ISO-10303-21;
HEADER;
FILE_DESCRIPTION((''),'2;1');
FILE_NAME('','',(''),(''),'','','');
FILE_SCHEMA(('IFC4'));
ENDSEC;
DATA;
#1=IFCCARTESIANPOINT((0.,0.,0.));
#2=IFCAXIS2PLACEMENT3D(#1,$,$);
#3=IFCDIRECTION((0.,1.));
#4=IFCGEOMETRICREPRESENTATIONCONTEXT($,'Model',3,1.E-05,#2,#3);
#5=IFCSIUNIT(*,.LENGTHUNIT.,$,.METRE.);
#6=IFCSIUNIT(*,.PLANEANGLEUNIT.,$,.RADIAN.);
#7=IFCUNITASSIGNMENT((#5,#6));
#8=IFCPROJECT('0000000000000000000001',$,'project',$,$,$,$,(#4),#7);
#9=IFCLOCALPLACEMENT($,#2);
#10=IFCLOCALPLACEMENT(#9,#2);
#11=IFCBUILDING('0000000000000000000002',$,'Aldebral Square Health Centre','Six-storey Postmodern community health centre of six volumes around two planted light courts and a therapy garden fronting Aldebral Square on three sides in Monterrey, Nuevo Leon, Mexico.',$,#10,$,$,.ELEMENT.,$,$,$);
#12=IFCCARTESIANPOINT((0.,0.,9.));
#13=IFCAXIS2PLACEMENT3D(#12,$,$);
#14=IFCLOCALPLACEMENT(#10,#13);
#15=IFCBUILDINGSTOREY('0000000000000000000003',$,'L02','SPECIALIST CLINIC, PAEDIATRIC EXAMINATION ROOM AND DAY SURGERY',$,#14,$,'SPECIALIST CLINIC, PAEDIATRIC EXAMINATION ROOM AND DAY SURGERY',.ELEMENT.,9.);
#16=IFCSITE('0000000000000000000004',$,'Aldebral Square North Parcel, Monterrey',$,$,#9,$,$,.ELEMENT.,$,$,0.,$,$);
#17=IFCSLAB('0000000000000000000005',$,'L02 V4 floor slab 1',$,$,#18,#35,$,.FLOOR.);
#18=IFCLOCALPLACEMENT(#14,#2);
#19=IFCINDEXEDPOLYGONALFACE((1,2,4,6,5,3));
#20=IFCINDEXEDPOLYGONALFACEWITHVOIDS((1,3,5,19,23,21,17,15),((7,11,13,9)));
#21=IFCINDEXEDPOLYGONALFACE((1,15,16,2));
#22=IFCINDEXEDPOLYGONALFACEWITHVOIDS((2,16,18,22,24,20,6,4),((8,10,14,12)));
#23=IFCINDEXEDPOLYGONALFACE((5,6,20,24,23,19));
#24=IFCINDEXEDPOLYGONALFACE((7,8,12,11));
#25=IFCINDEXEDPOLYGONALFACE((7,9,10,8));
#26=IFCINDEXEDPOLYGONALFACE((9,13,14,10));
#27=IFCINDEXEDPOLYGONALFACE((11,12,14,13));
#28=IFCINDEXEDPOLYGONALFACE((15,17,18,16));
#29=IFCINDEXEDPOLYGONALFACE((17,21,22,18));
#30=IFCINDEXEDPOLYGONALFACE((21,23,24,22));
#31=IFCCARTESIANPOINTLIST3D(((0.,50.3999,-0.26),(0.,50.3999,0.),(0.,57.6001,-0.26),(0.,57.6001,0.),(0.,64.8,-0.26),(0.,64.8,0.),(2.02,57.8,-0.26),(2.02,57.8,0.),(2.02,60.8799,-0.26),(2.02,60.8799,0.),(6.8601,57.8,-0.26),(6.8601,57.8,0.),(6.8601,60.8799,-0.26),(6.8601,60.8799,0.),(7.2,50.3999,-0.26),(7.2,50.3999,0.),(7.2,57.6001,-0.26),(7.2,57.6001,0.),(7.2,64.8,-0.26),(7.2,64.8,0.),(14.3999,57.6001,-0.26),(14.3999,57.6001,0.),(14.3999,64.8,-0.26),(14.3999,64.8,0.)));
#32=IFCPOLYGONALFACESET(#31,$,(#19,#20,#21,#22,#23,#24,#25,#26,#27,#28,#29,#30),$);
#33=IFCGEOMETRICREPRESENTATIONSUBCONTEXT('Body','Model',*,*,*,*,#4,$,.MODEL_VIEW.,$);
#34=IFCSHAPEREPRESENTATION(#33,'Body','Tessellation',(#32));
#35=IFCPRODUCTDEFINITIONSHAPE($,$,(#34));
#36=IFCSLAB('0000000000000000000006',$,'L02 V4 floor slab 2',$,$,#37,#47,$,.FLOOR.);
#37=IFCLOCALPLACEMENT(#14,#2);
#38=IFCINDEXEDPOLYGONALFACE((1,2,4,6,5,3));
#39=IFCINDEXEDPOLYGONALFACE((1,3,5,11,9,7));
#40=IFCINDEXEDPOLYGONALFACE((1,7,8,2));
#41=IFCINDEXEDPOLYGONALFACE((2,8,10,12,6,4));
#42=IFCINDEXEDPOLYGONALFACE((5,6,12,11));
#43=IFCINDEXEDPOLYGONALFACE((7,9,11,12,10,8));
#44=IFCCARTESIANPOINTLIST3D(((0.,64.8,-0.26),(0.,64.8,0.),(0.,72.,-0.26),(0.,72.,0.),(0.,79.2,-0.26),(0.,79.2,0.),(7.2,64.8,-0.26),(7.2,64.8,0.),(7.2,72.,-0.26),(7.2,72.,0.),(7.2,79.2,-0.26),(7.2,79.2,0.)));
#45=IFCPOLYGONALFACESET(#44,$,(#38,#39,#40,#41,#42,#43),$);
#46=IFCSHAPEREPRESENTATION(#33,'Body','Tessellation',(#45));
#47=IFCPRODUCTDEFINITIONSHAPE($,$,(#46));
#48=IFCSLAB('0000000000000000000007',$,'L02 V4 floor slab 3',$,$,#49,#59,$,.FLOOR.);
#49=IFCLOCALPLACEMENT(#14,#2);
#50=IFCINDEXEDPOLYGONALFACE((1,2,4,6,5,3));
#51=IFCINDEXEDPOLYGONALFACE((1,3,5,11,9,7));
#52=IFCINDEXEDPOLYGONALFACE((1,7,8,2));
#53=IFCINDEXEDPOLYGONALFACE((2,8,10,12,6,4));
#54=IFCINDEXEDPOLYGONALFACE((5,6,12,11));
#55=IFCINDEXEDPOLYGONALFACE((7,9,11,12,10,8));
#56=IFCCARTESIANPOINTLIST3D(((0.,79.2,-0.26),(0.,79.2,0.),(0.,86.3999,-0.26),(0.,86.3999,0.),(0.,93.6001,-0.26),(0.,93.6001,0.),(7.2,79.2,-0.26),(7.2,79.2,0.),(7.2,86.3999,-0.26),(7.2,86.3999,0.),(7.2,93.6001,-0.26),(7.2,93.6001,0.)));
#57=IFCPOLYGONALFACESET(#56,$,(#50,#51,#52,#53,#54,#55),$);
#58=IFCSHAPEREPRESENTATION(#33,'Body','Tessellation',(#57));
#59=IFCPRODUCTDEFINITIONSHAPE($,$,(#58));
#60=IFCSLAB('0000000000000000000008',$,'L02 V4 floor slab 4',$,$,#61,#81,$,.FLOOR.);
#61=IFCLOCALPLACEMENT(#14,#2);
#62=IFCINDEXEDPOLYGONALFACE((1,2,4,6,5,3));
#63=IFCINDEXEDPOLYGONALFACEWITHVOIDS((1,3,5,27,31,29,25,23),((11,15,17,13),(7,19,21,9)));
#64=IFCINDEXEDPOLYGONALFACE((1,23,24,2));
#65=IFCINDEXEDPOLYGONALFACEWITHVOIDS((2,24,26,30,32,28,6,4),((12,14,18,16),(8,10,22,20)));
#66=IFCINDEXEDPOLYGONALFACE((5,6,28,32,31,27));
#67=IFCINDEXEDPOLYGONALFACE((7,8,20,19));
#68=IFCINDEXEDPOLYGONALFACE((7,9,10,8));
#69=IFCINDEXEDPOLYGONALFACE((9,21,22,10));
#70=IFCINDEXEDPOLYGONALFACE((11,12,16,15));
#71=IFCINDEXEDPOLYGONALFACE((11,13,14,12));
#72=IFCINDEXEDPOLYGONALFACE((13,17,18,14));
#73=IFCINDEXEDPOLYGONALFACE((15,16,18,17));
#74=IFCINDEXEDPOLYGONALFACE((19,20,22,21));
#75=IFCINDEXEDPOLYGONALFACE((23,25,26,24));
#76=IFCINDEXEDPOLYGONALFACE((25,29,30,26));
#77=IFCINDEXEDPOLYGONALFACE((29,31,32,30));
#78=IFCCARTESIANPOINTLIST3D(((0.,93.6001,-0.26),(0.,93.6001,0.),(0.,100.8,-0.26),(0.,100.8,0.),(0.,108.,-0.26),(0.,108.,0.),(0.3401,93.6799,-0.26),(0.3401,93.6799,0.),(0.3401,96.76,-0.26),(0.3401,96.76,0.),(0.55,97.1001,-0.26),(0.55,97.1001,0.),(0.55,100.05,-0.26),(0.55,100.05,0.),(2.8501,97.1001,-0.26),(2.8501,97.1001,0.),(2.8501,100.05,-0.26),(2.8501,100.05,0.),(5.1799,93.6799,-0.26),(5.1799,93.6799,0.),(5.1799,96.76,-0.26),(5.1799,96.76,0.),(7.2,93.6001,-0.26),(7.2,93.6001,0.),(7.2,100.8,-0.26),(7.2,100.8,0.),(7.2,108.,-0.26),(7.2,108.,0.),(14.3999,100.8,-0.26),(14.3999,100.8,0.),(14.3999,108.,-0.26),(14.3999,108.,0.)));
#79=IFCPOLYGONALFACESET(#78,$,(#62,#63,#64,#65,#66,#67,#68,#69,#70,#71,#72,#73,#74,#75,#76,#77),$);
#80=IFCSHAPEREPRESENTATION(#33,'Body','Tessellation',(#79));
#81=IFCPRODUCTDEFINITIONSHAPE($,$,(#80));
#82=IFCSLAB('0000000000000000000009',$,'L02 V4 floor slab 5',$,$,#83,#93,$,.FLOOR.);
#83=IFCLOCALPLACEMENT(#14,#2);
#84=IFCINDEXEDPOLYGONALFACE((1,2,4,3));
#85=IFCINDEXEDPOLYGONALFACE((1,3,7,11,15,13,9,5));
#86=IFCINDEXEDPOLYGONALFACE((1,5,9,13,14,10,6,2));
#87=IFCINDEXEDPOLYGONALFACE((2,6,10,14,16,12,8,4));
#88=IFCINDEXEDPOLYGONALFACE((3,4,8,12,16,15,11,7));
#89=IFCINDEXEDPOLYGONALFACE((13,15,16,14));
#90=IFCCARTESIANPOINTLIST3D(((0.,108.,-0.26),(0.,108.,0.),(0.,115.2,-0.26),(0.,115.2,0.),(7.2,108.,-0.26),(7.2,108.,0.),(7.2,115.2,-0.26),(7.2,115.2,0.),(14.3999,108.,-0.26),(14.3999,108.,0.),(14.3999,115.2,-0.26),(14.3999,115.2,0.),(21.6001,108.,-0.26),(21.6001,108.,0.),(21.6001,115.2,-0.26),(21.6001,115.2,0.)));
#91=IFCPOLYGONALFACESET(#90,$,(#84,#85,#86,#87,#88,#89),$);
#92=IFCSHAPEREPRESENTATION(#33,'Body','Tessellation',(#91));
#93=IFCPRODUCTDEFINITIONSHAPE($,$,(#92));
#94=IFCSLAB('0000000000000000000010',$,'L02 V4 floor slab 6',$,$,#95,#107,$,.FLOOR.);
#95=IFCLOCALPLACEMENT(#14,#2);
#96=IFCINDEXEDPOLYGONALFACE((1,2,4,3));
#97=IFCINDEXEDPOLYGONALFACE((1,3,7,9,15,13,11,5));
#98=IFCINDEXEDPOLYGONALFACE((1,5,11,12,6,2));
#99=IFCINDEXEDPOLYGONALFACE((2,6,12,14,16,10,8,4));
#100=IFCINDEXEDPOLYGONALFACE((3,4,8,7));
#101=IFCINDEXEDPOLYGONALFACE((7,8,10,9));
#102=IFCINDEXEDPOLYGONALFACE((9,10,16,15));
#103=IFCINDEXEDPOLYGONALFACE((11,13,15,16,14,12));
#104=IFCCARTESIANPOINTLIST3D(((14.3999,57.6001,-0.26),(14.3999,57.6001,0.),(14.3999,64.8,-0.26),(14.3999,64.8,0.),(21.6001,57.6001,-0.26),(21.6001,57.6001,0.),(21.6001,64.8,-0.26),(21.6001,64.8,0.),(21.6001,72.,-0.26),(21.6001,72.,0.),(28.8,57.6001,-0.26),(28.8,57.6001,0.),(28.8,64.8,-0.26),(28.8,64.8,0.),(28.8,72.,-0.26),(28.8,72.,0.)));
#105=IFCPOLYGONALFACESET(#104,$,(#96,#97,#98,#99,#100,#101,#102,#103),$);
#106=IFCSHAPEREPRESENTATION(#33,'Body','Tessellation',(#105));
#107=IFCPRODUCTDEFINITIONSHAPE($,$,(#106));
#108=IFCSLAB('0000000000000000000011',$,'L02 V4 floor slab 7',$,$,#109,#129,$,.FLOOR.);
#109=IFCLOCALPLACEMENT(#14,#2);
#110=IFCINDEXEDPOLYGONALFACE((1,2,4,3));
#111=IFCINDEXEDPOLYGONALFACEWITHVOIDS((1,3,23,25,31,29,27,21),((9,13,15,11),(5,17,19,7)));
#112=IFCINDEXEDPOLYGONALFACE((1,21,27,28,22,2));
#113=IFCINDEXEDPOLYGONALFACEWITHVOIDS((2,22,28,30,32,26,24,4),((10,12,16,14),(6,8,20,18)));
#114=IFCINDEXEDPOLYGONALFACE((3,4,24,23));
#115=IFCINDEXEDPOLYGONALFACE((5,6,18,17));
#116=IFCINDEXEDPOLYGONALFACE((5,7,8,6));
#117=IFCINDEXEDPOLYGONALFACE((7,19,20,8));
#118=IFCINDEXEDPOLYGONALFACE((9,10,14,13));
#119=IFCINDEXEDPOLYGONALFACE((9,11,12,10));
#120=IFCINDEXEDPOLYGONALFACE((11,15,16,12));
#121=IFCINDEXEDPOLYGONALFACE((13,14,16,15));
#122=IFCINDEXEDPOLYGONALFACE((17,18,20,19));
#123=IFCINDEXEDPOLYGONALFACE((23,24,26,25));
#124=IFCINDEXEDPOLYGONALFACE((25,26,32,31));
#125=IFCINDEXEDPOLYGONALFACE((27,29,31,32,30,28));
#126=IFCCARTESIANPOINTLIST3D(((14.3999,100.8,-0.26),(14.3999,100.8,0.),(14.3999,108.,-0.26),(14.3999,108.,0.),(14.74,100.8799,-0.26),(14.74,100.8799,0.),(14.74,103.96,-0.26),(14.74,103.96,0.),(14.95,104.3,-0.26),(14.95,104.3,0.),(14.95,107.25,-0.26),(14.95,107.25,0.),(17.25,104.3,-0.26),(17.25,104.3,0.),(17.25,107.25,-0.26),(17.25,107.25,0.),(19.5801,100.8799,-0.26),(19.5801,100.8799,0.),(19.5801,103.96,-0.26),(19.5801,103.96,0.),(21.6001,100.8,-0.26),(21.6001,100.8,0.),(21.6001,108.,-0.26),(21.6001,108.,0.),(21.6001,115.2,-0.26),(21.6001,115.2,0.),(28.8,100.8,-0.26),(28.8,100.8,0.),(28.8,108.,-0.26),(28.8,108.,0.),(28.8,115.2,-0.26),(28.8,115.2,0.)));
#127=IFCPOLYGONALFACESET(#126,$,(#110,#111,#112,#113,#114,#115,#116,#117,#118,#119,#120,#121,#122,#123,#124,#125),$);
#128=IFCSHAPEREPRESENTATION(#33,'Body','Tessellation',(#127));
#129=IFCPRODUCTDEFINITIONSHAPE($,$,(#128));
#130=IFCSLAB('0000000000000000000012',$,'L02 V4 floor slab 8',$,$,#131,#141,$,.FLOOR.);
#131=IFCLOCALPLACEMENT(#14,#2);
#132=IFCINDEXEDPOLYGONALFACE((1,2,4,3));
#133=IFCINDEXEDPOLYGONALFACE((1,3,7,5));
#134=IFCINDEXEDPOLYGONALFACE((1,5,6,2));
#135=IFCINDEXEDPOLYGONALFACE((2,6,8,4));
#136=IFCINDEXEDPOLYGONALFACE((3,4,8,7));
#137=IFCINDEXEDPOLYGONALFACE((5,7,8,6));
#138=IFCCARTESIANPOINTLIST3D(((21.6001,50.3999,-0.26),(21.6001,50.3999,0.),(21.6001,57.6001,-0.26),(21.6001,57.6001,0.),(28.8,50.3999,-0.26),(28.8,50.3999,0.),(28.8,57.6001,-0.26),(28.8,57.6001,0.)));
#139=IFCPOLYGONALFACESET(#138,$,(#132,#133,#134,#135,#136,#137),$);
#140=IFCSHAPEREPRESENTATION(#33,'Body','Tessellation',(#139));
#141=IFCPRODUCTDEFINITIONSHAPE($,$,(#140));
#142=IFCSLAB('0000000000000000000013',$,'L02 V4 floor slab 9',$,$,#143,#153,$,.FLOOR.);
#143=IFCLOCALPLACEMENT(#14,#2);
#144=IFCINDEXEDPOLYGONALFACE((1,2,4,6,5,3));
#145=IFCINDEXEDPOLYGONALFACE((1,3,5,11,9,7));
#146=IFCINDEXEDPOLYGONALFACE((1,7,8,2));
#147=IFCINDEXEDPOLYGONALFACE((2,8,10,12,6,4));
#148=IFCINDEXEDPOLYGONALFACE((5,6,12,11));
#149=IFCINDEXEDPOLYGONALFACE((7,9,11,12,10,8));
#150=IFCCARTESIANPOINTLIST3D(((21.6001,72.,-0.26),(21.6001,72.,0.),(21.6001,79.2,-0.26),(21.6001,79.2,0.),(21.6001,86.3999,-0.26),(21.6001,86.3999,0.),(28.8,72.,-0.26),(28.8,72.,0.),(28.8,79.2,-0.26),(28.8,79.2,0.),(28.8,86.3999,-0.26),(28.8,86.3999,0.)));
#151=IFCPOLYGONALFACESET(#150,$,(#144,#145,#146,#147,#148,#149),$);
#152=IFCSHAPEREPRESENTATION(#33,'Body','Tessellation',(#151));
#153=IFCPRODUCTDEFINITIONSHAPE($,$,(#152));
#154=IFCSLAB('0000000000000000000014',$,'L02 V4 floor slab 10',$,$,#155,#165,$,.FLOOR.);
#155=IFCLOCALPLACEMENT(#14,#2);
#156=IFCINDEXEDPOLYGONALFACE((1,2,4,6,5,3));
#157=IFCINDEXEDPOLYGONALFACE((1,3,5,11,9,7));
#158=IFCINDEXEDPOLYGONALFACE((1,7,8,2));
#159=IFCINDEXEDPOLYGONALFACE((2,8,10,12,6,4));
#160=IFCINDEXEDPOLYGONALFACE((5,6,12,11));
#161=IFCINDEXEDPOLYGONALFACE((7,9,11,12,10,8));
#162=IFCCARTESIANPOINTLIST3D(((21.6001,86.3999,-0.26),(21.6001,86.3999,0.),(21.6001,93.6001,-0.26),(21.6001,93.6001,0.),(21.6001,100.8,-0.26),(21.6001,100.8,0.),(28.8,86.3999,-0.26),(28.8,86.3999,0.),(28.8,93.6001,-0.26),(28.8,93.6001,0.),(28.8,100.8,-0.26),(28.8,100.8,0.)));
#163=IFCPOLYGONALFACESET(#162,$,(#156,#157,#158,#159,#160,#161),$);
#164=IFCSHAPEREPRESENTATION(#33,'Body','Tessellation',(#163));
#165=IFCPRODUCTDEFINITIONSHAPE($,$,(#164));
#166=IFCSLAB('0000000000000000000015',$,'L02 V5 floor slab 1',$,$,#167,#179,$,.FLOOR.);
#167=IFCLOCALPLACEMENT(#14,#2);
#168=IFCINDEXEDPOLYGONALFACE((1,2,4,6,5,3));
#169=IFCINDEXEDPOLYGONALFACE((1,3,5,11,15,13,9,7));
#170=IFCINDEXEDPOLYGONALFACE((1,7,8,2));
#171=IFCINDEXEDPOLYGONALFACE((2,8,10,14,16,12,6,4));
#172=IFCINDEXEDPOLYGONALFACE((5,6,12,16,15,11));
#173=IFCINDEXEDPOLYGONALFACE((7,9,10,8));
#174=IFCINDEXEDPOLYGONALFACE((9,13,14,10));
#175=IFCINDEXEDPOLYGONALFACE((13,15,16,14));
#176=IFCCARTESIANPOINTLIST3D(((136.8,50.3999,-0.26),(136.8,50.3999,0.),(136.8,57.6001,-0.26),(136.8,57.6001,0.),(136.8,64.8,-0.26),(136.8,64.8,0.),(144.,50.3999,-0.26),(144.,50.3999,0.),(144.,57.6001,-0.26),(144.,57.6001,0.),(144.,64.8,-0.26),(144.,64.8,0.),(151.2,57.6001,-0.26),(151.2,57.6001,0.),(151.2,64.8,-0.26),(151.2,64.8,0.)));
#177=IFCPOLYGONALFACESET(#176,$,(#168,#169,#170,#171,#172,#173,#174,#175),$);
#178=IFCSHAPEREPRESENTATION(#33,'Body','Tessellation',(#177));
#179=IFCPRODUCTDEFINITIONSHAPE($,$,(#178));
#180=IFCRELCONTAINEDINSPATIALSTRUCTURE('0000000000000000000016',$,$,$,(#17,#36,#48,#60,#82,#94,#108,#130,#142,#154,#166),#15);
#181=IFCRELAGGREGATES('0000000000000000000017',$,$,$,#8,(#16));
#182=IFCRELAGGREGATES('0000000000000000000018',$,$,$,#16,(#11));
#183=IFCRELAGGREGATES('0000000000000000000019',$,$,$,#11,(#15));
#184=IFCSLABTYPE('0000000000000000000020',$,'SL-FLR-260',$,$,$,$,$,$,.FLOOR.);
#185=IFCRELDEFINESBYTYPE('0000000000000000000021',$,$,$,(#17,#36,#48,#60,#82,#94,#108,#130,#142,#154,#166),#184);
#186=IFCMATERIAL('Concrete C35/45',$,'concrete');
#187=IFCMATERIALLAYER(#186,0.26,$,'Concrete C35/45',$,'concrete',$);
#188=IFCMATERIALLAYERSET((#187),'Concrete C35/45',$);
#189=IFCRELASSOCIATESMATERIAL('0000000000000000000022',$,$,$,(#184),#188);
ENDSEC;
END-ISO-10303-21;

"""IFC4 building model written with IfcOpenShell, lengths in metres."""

from ifc_helpers import new_model, si_unit, direction, frame, origin, place, context, subcontext, project, spatial, polyline, outline, extrude, material, layer, layer_set, type_object, element, save


model = new_model("IFC4")

# Units and contexts
model_context = context("Model", 3, precision=1e-05, world=origin(), true_north=direction((0.0, 1.0)))
body_context = subcontext(model_context, "Body", "Model", "MODEL_VIEW")
ifc_project = project(units=[si_unit("LENGTHUNIT", "METRE"), si_unit("PLANEANGLEUNIT", "RADIAN")], contexts=[model_context])

# Site, building, storey
site_placement = place(None, origin())
site = spatial("IfcSite", under=ifc_project, at=site_placement, Name="Aldebral Square North Parcel, Monterrey", CompositionType="ELEMENT", RefElevation=0.0)
building_placement = place(site_placement, origin())
building = spatial("IfcBuilding", under=site, at=building_placement, Name="Aldebral Square Health Centre", Description="Six-storey Postmodern community health centre of six volumes around two planted light courts and a therapy garden fronting Aldebral Square on three sides in Monterrey, Nuevo Leon, Mexico.", CompositionType="ELEMENT")
storey_placement = place(building_placement, frame((0.0, 0.0, 9.0)))
storey = spatial("IfcBuildingStorey", under=building, at=storey_placement, Name="L02", Description="SPECIALIST CLINIC, PAEDIATRIC EXAMINATION ROOM AND DAY SURGERY", LongName="SPECIALIST CLINIC, PAEDIATRIC EXAMINATION ROOM AND DAY SURGERY", CompositionType="ELEMENT", Elevation=9.0)

# Slabs
ifc_material = material(Name="Concrete C35/45", Category="concrete")
ifc_layer_1 = layer(ifc_material, 0.26, Name="Concrete C35/45", Category="concrete")
ifc_layer_set_1 = layer_set([ifc_layer_1], Name="Concrete C35/45")
slab_type_1 = type_object("IfcSlabType", Name="SL-FLR-260", PredefinedType="FLOOR", material=ifc_layer_set_1)
slab_1_placement = place(storey_placement, frame((0.0, 0.0, -0.26)))
element("IfcSlab", 1, at=slab_1_placement, inside=storey, type_object=slab_type_1, Name="L02 V4 floor slab 1", PredefinedType="FLOOR", context=body_context, shape_type="SweptSolid", body=[
    extrude(outline(polyline([(0.0, 50.3999), (0.0, 57.6001), (0.0, 64.8), (7.2, 64.8), (14.3999, 64.8), (14.3999, 57.6001), (7.2, 57.6001), (7.2, 50.3999), (0.0, 50.3999)]), holes=[polyline([(6.8601, 60.8799), (2.02, 60.8799), (2.02, 57.8), (6.8601, 57.8), (6.8601, 60.8799)])]), origin(), (0.0, 0.0, 1.0), 0.26),
])
slab_2_placement = place(storey_placement, frame((0.0, 0.0, -0.26)))
element("IfcSlab", 2, at=slab_2_placement, inside=storey, type_object=slab_type_1, Name="L02 V4 floor slab 2", PredefinedType="FLOOR", context=body_context, shape_type="SweptSolid", body=[
    extrude(outline(polyline([(0.0, 64.8), (0.0, 72.0), (0.0, 79.2), (7.2, 79.2), (7.2, 72.0), (7.2, 64.8), (0.0, 64.8)])), origin(), (0.0, 0.0, 1.0), 0.26),
])
slab_3_placement = place(storey_placement, frame((0.0, 0.0, -0.26)))
element("IfcSlab", 3, at=slab_3_placement, inside=storey, type_object=slab_type_1, Name="L02 V4 floor slab 3", PredefinedType="FLOOR", context=body_context, shape_type="SweptSolid", body=[
    extrude(outline(polyline([(0.0, 79.2), (0.0, 86.3999), (0.0, 93.6001), (7.2, 93.6001), (7.2, 86.3999), (7.2, 79.2), (0.0, 79.2)])), origin(), (0.0, 0.0, 1.0), 0.26),
])
slab_4_placement = place(storey_placement, frame((0.0, 0.0, -0.26)))
element("IfcSlab", 4, at=slab_4_placement, inside=storey, type_object=slab_type_1, Name="L02 V4 floor slab 4", PredefinedType="FLOOR", context=body_context, shape_type="SweptSolid", body=[
    extrude(outline(polyline([(0.0, 93.6001), (0.0, 100.8), (0.0, 108.0), (7.2, 108.0), (14.3999, 108.0), (14.3999, 100.8), (7.2, 100.8), (7.2, 93.6001), (0.0, 93.6001)]), holes=[polyline([(0.3401, 96.76), (0.3401, 93.6799), (5.1799, 93.6799), (5.1799, 96.76), (0.3401, 96.76)]), polyline([(2.8501, 100.05), (0.55, 100.05), (0.55, 97.1001), (2.8501, 97.1001), (2.8501, 100.05)])]), origin(), (0.0, 0.0, 1.0), 0.26),
])
slab_5_placement = place(storey_placement, frame((0.0, 0.0, -0.26)))
element("IfcSlab", 5, at=slab_5_placement, inside=storey, type_object=slab_type_1, Name="L02 V4 floor slab 5", PredefinedType="FLOOR", context=body_context, shape_type="SweptSolid", body=[
    extrude(outline(polyline([(0.0, 115.2), (7.2, 115.2), (14.3999, 115.2), (21.6001, 115.2), (21.6001, 108.0), (14.3999, 108.0), (7.2, 108.0), (0.0, 108.0), (0.0, 115.2)])), origin(), (0.0, 0.0, 1.0), 0.26),
])
slab_6_placement = place(storey_placement, frame((0.0, 0.0, -0.26)))
element("IfcSlab", 6, at=slab_6_placement, inside=storey, type_object=slab_type_1, Name="L02 V4 floor slab 6", PredefinedType="FLOOR", context=body_context, shape_type="SweptSolid", body=[
    extrude(outline(polyline([(14.3999, 64.8), (21.6001, 64.8), (21.6001, 72.0), (28.8, 72.0), (28.8, 64.8), (28.8, 57.6001), (21.6001, 57.6001), (14.3999, 57.6001), (14.3999, 64.8)])), origin(), (0.0, 0.0, 1.0), 0.26),
])
slab_7_placement = place(storey_placement, frame((0.0, 0.0, -0.26)))
element("IfcSlab", 7, at=slab_7_placement, inside=storey, type_object=slab_type_1, Name="L02 V4 floor slab 7", PredefinedType="FLOOR", context=body_context, shape_type="SweptSolid", body=[
    extrude(outline(polyline([(14.3999, 108.0), (21.6001, 108.0), (21.6001, 115.2), (28.8, 115.2), (28.8, 108.0), (28.8, 100.8), (21.6001, 100.8), (14.3999, 100.8), (14.3999, 108.0)]), holes=[polyline([(19.5801, 103.96), (14.74, 103.96), (14.74, 100.8799), (19.5801, 100.8799), (19.5801, 103.96)]), polyline([(14.95, 107.25), (14.95, 104.3), (17.25, 104.3), (17.25, 107.25), (14.95, 107.25)])]), origin(), (0.0, 0.0, 1.0), 0.26),
])
slab_8_placement = place(storey_placement, frame((0.0, 0.0, -0.26)))
element("IfcSlab", 8, at=slab_8_placement, inside=storey, type_object=slab_type_1, Name="L02 V4 floor slab 8", PredefinedType="FLOOR", context=body_context, shape_type="SweptSolid", body=[
    extrude(outline(polyline([(21.6001, 50.3999), (21.6001, 57.6001), (28.8, 57.6001), (28.8, 50.3999), (21.6001, 50.3999)])), origin(), (0.0, 0.0, 1.0), 0.26),
])
slab_9_placement = place(storey_placement, frame((0.0, 0.0, -0.26)))
element("IfcSlab", 9, at=slab_9_placement, inside=storey, type_object=slab_type_1, Name="L02 V4 floor slab 9", PredefinedType="FLOOR", context=body_context, shape_type="SweptSolid", body=[
    extrude(outline(polyline([(21.6001, 72.0), (21.6001, 79.2), (21.6001, 86.3999), (28.8, 86.3999), (28.8, 79.2), (28.8, 72.0), (21.6001, 72.0)])), origin(), (0.0, 0.0, 1.0), 0.26),
])
slab_10_placement = place(storey_placement, frame((0.0, 0.0, -0.26)))
element("IfcSlab", 10, at=slab_10_placement, inside=storey, type_object=slab_type_1, Name="L02 V4 floor slab 10", PredefinedType="FLOOR", context=body_context, shape_type="SweptSolid", body=[
    extrude(outline(polyline([(21.6001, 86.3999), (21.6001, 93.6001), (21.6001, 100.8), (28.8, 100.8), (28.8, 93.6001), (28.8, 86.3999), (21.6001, 86.3999)])), origin(), (0.0, 0.0, 1.0), 0.26),
])
slab_11_placement = place(storey_placement, frame((0.0, 0.0, -0.26)))
element("IfcSlab", 11, at=slab_11_placement, inside=storey, type_object=slab_type_1, Name="L02 V5 floor slab 1", PredefinedType="FLOOR", context=body_context, shape_type="SweptSolid", body=[
    extrude(outline(polyline([(136.8, 50.3999), (136.8, 57.6001), (136.8, 64.8), (144.0, 64.8), (151.2, 64.8), (151.2, 57.6001), (144.0, 57.6001), (144.0, 50.3999), (136.8, 50.3999)])), origin(), (0.0, 0.0, 1.0), 0.26),
])

save(model, "model.ifc")
